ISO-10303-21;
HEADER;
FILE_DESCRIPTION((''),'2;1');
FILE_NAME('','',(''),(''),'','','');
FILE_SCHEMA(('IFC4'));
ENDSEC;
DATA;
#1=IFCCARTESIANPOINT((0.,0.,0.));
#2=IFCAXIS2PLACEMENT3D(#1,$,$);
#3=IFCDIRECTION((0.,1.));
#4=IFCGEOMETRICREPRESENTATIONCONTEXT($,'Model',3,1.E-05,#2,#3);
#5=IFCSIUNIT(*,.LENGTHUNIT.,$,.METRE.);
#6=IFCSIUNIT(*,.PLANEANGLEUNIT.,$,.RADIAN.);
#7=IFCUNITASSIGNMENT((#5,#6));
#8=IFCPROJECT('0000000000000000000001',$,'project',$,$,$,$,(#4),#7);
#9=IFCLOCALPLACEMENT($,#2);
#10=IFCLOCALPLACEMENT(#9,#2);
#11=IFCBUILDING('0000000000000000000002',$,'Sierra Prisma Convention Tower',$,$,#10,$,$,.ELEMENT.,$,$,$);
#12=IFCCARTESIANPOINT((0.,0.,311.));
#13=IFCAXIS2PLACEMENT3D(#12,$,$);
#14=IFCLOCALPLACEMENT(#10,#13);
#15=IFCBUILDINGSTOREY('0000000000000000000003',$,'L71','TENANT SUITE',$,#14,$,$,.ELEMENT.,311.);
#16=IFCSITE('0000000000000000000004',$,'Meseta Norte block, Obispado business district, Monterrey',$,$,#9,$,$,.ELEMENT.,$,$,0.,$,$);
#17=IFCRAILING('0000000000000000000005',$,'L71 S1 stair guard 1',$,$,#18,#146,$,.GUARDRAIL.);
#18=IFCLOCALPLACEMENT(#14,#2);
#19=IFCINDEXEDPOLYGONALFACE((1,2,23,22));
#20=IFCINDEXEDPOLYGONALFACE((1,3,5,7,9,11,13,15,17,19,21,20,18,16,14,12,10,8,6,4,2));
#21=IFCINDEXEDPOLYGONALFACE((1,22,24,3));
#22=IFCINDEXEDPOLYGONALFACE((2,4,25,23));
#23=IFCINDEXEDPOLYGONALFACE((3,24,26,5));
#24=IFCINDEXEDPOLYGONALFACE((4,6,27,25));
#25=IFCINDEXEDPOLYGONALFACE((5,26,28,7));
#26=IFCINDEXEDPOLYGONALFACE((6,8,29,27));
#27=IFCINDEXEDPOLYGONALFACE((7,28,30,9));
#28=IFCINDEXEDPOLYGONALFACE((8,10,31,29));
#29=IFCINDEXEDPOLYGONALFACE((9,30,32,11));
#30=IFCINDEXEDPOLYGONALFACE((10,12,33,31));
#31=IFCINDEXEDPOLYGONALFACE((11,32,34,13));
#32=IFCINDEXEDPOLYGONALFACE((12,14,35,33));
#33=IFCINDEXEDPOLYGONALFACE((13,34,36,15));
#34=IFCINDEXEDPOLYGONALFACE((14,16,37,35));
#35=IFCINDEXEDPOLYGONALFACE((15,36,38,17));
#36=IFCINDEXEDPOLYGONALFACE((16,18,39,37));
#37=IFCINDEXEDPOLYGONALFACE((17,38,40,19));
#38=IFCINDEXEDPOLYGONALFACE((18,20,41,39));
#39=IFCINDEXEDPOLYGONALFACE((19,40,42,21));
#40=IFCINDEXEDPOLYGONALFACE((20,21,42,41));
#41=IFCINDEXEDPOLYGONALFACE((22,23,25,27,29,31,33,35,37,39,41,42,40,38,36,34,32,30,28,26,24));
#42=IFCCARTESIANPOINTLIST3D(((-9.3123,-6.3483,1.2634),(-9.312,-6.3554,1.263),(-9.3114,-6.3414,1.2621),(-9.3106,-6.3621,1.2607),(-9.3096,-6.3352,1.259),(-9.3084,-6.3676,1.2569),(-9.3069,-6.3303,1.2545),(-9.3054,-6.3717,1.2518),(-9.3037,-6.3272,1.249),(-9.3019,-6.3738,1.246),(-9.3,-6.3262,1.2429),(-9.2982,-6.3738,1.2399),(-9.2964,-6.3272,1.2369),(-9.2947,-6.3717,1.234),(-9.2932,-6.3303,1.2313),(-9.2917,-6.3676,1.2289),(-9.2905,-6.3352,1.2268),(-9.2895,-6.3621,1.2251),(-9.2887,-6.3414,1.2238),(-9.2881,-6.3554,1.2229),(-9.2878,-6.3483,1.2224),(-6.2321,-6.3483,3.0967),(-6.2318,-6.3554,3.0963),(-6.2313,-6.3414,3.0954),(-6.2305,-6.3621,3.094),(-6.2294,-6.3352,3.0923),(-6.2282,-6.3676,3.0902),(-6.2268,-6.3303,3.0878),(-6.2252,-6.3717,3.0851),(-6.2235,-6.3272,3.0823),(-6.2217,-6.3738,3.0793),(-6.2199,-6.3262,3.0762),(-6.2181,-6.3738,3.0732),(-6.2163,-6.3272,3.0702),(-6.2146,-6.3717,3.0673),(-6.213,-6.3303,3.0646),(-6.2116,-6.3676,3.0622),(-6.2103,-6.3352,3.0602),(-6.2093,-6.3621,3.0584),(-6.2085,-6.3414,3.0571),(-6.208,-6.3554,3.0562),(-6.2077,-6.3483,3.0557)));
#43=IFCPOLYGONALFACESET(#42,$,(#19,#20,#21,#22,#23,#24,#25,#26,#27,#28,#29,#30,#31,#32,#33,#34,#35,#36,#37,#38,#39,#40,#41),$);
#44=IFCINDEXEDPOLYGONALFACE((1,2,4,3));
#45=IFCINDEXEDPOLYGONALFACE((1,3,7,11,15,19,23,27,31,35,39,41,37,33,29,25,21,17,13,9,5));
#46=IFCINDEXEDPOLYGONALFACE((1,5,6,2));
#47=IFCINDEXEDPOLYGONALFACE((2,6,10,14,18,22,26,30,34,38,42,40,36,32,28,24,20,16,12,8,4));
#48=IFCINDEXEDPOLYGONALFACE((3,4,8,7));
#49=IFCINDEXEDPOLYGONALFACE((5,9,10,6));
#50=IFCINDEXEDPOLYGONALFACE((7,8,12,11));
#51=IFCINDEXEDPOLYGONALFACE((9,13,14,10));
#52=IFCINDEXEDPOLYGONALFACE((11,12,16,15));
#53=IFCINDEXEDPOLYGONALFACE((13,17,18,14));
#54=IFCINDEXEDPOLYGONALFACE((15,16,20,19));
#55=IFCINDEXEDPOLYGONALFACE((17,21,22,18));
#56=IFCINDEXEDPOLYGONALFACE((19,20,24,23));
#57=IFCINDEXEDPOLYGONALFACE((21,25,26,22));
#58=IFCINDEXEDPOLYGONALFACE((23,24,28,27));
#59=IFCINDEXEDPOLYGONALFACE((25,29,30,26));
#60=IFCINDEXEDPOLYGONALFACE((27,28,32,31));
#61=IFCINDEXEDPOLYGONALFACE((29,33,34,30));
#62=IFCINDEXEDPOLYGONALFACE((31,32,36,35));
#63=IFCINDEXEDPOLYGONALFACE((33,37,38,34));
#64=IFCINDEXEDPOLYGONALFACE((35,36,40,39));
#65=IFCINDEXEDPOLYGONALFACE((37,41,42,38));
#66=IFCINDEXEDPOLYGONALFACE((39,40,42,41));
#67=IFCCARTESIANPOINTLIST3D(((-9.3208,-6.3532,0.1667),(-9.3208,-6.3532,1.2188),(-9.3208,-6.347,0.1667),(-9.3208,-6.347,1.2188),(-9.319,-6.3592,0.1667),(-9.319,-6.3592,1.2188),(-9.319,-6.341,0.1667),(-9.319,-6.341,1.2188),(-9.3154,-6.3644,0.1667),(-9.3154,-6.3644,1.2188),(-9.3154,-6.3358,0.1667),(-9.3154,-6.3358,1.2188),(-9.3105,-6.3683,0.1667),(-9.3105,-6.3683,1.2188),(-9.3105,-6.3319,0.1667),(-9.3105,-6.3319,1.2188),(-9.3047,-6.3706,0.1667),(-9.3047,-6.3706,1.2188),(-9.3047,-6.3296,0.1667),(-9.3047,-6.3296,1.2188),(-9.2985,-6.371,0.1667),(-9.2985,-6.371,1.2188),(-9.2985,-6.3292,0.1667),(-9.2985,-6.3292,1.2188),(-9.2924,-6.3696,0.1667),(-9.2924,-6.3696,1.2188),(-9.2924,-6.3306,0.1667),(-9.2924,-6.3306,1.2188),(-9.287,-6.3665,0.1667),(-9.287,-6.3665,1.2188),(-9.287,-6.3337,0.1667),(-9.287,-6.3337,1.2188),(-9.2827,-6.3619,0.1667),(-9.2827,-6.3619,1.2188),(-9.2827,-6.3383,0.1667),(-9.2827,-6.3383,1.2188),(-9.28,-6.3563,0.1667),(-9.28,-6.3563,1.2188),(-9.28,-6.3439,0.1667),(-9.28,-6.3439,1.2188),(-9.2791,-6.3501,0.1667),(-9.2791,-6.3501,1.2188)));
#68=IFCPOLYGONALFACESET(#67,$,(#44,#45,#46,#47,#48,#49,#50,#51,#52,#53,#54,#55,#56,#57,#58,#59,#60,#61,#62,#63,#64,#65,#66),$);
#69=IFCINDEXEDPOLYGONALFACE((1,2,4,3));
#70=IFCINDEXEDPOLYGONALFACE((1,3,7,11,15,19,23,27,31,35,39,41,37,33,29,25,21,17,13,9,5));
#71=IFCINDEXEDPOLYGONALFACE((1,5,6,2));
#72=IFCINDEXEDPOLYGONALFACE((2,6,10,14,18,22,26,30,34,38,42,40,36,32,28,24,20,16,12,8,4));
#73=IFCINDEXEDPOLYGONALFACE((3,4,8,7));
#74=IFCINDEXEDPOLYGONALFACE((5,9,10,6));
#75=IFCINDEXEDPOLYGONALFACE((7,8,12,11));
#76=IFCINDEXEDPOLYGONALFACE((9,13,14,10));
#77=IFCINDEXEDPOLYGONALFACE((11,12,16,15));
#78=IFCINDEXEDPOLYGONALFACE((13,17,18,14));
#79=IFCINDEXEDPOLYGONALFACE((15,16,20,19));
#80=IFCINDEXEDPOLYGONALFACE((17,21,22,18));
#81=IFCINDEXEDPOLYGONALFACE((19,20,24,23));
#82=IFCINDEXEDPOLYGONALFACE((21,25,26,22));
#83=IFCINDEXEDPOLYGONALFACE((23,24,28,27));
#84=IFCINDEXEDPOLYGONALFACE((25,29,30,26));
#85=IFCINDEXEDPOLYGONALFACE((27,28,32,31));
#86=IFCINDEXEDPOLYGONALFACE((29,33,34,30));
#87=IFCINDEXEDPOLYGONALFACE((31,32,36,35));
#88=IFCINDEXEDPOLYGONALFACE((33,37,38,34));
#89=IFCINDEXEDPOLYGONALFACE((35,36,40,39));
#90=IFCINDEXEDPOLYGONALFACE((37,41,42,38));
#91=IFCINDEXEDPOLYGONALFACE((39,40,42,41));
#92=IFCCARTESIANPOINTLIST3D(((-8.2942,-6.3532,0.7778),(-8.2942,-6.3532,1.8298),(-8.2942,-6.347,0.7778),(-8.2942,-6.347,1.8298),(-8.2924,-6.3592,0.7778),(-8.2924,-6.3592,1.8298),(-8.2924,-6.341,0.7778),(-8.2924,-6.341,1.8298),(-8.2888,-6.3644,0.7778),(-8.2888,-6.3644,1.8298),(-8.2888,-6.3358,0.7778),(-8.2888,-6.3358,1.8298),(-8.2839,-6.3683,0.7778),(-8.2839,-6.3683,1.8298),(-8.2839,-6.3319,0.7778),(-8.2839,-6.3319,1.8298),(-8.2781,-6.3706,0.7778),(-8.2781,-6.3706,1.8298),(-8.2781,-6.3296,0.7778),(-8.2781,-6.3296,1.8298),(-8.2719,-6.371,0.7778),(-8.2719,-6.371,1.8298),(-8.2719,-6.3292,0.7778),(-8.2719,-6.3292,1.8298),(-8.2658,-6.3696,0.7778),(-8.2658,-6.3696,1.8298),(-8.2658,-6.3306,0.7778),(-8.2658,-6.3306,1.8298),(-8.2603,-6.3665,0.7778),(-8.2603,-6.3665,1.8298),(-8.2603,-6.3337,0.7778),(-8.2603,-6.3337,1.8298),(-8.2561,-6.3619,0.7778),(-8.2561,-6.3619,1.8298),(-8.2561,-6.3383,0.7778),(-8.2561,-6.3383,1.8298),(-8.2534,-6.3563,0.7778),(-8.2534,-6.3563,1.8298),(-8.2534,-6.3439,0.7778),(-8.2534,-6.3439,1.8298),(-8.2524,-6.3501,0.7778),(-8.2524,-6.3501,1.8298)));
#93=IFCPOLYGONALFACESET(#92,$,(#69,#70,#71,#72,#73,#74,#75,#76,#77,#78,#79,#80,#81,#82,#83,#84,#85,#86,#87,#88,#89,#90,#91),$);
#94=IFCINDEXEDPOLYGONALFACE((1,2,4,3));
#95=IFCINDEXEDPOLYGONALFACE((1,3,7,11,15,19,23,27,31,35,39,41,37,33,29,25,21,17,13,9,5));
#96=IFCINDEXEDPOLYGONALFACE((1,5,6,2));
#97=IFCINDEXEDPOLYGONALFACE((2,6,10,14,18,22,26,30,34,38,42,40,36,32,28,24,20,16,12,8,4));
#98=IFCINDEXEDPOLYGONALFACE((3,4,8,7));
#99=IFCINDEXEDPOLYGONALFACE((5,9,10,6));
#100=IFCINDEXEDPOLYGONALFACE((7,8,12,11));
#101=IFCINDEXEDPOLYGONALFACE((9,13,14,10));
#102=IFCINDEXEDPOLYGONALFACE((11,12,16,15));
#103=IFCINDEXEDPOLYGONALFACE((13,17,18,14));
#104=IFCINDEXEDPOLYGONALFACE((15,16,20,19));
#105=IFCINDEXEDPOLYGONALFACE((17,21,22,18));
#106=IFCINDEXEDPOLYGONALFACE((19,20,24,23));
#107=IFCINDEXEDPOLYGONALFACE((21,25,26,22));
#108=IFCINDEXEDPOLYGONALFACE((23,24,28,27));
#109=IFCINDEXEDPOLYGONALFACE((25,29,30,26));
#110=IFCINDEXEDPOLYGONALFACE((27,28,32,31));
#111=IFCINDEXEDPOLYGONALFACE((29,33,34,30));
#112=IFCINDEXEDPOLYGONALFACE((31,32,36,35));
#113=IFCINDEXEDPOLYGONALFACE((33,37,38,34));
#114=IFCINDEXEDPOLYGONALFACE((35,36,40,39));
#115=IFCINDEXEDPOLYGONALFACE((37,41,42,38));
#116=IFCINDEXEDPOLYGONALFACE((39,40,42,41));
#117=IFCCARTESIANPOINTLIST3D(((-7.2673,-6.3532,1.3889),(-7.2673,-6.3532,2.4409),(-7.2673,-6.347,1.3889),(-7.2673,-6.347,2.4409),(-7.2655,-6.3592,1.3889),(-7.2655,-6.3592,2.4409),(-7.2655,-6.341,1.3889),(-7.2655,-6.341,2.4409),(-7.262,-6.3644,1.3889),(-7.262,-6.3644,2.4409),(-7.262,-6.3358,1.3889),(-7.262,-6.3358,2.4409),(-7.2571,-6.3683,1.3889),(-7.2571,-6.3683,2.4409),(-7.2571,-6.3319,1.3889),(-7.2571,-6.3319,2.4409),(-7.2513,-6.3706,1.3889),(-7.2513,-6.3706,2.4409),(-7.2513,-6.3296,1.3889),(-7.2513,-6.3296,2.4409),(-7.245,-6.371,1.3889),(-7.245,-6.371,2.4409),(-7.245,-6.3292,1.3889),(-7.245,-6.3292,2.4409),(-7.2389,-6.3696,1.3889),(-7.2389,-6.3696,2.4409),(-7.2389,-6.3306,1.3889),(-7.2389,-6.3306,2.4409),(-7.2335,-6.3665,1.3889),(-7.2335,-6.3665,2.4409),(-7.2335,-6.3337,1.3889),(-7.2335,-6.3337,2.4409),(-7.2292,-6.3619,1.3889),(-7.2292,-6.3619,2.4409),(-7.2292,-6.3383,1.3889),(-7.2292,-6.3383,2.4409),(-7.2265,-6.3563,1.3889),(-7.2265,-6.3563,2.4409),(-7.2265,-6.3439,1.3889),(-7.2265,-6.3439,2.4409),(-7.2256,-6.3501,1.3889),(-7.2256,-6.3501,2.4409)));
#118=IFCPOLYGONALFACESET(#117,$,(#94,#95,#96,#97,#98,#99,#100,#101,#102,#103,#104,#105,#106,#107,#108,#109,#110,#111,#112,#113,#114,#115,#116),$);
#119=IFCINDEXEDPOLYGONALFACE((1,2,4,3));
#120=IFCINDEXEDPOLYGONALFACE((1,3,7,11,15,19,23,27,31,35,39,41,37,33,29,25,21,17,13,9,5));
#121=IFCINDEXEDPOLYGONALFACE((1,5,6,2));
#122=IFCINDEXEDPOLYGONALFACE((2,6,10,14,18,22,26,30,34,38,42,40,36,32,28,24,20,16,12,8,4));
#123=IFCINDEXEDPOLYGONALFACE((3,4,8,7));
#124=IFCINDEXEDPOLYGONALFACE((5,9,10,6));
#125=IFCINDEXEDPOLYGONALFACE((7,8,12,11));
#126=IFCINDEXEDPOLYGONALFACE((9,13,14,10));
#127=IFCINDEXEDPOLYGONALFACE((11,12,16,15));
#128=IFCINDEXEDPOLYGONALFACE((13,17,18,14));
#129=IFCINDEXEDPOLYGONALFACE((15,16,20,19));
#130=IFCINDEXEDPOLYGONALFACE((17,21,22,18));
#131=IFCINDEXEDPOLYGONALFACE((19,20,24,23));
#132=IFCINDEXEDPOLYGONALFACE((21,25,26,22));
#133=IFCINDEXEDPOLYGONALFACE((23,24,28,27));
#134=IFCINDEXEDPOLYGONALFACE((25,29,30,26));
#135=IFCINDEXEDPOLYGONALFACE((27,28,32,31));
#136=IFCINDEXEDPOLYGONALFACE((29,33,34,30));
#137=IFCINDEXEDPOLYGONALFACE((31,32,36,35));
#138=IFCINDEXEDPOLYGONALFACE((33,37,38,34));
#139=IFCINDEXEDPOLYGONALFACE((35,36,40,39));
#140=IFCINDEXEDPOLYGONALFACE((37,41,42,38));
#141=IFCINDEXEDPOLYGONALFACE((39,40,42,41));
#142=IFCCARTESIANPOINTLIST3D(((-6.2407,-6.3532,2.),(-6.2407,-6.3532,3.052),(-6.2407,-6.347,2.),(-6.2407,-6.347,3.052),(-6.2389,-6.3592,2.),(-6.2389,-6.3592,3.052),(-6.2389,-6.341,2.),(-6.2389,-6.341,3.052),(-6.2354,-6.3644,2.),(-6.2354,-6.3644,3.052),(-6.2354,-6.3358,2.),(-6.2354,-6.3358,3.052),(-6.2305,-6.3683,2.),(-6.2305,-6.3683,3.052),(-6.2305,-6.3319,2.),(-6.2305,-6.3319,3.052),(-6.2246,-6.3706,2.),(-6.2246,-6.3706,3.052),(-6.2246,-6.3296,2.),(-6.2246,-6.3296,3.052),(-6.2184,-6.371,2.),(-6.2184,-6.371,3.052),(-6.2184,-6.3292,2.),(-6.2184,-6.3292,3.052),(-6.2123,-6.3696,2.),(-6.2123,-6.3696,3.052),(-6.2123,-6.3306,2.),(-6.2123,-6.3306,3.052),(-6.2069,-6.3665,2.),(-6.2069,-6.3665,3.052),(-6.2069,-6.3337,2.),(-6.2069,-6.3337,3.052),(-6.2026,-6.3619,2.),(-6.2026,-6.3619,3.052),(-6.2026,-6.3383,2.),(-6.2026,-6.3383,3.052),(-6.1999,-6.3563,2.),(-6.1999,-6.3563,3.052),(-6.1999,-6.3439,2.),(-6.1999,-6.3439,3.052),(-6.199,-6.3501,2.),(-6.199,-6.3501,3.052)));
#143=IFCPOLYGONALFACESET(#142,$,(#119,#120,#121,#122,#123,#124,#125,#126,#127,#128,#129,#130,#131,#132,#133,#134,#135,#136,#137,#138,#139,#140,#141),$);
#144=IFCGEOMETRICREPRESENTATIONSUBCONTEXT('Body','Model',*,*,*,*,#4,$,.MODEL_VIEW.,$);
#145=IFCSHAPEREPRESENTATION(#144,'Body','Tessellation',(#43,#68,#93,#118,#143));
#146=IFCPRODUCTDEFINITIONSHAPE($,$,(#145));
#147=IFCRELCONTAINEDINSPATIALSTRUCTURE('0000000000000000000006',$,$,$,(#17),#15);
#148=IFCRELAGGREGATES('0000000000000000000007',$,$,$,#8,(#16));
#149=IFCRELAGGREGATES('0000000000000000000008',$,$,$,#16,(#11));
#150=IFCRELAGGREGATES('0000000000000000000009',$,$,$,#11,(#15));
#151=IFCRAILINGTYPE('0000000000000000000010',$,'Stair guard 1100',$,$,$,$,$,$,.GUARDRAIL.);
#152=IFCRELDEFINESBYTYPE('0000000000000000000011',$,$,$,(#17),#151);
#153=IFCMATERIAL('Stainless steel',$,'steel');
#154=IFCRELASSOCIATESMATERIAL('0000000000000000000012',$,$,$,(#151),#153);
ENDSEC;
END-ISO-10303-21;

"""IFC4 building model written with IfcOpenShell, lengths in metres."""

from ifc_helpers import new_model, si_unit, direction, frame, origin, origin_2d, place, context, subcontext, project, spatial, circle, extrude, material, type_object, element, save


model = new_model("IFC4")

# Units and contexts
model_context = context("Model", 3, precision=1e-05, world=origin(), true_north=direction((0.0, 1.0)))
body_context = subcontext(model_context, "Body", "Model", "MODEL_VIEW")
ifc_project = project(units=[si_unit("LENGTHUNIT", "METRE"), si_unit("PLANEANGLEUNIT", "RADIAN")], contexts=[model_context])

# Site, building, storey
site_placement = place(None, origin())
site = spatial("IfcSite", under=ifc_project, at=site_placement, Name="Meseta Norte block, Obispado business district, Monterrey", CompositionType="ELEMENT", RefElevation=0.0)
building_placement = place(site_placement, origin())
building = spatial("IfcBuilding", under=site, at=building_placement, Name="Sierra Prisma Convention Tower", CompositionType="ELEMENT")
storey_placement = place(building_placement, frame((0.0, 0.0, 311.0)))
storey = spatial("IfcBuildingStorey", under=building, at=storey_placement, Name="L71", Description="TENANT SUITE", CompositionType="ELEMENT", Elevation=311.0)

# Railing
ifc_material_1 = material(Name="Stainless steel", Category="steel")
railing_type_1 = type_object("IfcRailingType", Name="Stair guard 1100", PredefinedType="GUARDRAIL", material=ifc_material_1)
railing_1_placement = place(storey_placement, frame((-9.3, -6.3501, 0.1667)))
element("IfcRailing", 1, at=railing_1_placement, inside=storey, type_object=railing_type_1, Name="L71 S1 stair guard 1", PredefinedType="GUARDRAIL", context=body_context, shape_type="SweptSolid", body=[
    extrude(circle(Radius=0.0239, at=origin_2d()), frame((0.0, 0.0, 1.0762), z_axis=(0.859309, 0.0, 0.511458), x_axis=(0.0, 1.0, 0.0)), (0.0, 0.0, 1.0), 3.5845),
    extrude(circle(Radius=0.021, at=origin_2d()), origin(), (0.0, 0.0, 1.0), 1.052),
    extrude(circle(Radius=0.021, at=origin_2d()), frame((1.0266, 0.0, 0.6111)), (0.0, 0.0, 1.0), 1.052),
    extrude(circle(Radius=0.021, at=origin_2d()), frame((2.0535, 0.0, 1.2222)), (0.0, 0.0, 1.0), 1.052),
    extrude(circle(Radius=0.021, at=origin_2d()), frame((3.0801, 0.0, 1.8333)), (0.0, 0.0, 1.0), 1.052),
])

save(model, "model.ifc")
